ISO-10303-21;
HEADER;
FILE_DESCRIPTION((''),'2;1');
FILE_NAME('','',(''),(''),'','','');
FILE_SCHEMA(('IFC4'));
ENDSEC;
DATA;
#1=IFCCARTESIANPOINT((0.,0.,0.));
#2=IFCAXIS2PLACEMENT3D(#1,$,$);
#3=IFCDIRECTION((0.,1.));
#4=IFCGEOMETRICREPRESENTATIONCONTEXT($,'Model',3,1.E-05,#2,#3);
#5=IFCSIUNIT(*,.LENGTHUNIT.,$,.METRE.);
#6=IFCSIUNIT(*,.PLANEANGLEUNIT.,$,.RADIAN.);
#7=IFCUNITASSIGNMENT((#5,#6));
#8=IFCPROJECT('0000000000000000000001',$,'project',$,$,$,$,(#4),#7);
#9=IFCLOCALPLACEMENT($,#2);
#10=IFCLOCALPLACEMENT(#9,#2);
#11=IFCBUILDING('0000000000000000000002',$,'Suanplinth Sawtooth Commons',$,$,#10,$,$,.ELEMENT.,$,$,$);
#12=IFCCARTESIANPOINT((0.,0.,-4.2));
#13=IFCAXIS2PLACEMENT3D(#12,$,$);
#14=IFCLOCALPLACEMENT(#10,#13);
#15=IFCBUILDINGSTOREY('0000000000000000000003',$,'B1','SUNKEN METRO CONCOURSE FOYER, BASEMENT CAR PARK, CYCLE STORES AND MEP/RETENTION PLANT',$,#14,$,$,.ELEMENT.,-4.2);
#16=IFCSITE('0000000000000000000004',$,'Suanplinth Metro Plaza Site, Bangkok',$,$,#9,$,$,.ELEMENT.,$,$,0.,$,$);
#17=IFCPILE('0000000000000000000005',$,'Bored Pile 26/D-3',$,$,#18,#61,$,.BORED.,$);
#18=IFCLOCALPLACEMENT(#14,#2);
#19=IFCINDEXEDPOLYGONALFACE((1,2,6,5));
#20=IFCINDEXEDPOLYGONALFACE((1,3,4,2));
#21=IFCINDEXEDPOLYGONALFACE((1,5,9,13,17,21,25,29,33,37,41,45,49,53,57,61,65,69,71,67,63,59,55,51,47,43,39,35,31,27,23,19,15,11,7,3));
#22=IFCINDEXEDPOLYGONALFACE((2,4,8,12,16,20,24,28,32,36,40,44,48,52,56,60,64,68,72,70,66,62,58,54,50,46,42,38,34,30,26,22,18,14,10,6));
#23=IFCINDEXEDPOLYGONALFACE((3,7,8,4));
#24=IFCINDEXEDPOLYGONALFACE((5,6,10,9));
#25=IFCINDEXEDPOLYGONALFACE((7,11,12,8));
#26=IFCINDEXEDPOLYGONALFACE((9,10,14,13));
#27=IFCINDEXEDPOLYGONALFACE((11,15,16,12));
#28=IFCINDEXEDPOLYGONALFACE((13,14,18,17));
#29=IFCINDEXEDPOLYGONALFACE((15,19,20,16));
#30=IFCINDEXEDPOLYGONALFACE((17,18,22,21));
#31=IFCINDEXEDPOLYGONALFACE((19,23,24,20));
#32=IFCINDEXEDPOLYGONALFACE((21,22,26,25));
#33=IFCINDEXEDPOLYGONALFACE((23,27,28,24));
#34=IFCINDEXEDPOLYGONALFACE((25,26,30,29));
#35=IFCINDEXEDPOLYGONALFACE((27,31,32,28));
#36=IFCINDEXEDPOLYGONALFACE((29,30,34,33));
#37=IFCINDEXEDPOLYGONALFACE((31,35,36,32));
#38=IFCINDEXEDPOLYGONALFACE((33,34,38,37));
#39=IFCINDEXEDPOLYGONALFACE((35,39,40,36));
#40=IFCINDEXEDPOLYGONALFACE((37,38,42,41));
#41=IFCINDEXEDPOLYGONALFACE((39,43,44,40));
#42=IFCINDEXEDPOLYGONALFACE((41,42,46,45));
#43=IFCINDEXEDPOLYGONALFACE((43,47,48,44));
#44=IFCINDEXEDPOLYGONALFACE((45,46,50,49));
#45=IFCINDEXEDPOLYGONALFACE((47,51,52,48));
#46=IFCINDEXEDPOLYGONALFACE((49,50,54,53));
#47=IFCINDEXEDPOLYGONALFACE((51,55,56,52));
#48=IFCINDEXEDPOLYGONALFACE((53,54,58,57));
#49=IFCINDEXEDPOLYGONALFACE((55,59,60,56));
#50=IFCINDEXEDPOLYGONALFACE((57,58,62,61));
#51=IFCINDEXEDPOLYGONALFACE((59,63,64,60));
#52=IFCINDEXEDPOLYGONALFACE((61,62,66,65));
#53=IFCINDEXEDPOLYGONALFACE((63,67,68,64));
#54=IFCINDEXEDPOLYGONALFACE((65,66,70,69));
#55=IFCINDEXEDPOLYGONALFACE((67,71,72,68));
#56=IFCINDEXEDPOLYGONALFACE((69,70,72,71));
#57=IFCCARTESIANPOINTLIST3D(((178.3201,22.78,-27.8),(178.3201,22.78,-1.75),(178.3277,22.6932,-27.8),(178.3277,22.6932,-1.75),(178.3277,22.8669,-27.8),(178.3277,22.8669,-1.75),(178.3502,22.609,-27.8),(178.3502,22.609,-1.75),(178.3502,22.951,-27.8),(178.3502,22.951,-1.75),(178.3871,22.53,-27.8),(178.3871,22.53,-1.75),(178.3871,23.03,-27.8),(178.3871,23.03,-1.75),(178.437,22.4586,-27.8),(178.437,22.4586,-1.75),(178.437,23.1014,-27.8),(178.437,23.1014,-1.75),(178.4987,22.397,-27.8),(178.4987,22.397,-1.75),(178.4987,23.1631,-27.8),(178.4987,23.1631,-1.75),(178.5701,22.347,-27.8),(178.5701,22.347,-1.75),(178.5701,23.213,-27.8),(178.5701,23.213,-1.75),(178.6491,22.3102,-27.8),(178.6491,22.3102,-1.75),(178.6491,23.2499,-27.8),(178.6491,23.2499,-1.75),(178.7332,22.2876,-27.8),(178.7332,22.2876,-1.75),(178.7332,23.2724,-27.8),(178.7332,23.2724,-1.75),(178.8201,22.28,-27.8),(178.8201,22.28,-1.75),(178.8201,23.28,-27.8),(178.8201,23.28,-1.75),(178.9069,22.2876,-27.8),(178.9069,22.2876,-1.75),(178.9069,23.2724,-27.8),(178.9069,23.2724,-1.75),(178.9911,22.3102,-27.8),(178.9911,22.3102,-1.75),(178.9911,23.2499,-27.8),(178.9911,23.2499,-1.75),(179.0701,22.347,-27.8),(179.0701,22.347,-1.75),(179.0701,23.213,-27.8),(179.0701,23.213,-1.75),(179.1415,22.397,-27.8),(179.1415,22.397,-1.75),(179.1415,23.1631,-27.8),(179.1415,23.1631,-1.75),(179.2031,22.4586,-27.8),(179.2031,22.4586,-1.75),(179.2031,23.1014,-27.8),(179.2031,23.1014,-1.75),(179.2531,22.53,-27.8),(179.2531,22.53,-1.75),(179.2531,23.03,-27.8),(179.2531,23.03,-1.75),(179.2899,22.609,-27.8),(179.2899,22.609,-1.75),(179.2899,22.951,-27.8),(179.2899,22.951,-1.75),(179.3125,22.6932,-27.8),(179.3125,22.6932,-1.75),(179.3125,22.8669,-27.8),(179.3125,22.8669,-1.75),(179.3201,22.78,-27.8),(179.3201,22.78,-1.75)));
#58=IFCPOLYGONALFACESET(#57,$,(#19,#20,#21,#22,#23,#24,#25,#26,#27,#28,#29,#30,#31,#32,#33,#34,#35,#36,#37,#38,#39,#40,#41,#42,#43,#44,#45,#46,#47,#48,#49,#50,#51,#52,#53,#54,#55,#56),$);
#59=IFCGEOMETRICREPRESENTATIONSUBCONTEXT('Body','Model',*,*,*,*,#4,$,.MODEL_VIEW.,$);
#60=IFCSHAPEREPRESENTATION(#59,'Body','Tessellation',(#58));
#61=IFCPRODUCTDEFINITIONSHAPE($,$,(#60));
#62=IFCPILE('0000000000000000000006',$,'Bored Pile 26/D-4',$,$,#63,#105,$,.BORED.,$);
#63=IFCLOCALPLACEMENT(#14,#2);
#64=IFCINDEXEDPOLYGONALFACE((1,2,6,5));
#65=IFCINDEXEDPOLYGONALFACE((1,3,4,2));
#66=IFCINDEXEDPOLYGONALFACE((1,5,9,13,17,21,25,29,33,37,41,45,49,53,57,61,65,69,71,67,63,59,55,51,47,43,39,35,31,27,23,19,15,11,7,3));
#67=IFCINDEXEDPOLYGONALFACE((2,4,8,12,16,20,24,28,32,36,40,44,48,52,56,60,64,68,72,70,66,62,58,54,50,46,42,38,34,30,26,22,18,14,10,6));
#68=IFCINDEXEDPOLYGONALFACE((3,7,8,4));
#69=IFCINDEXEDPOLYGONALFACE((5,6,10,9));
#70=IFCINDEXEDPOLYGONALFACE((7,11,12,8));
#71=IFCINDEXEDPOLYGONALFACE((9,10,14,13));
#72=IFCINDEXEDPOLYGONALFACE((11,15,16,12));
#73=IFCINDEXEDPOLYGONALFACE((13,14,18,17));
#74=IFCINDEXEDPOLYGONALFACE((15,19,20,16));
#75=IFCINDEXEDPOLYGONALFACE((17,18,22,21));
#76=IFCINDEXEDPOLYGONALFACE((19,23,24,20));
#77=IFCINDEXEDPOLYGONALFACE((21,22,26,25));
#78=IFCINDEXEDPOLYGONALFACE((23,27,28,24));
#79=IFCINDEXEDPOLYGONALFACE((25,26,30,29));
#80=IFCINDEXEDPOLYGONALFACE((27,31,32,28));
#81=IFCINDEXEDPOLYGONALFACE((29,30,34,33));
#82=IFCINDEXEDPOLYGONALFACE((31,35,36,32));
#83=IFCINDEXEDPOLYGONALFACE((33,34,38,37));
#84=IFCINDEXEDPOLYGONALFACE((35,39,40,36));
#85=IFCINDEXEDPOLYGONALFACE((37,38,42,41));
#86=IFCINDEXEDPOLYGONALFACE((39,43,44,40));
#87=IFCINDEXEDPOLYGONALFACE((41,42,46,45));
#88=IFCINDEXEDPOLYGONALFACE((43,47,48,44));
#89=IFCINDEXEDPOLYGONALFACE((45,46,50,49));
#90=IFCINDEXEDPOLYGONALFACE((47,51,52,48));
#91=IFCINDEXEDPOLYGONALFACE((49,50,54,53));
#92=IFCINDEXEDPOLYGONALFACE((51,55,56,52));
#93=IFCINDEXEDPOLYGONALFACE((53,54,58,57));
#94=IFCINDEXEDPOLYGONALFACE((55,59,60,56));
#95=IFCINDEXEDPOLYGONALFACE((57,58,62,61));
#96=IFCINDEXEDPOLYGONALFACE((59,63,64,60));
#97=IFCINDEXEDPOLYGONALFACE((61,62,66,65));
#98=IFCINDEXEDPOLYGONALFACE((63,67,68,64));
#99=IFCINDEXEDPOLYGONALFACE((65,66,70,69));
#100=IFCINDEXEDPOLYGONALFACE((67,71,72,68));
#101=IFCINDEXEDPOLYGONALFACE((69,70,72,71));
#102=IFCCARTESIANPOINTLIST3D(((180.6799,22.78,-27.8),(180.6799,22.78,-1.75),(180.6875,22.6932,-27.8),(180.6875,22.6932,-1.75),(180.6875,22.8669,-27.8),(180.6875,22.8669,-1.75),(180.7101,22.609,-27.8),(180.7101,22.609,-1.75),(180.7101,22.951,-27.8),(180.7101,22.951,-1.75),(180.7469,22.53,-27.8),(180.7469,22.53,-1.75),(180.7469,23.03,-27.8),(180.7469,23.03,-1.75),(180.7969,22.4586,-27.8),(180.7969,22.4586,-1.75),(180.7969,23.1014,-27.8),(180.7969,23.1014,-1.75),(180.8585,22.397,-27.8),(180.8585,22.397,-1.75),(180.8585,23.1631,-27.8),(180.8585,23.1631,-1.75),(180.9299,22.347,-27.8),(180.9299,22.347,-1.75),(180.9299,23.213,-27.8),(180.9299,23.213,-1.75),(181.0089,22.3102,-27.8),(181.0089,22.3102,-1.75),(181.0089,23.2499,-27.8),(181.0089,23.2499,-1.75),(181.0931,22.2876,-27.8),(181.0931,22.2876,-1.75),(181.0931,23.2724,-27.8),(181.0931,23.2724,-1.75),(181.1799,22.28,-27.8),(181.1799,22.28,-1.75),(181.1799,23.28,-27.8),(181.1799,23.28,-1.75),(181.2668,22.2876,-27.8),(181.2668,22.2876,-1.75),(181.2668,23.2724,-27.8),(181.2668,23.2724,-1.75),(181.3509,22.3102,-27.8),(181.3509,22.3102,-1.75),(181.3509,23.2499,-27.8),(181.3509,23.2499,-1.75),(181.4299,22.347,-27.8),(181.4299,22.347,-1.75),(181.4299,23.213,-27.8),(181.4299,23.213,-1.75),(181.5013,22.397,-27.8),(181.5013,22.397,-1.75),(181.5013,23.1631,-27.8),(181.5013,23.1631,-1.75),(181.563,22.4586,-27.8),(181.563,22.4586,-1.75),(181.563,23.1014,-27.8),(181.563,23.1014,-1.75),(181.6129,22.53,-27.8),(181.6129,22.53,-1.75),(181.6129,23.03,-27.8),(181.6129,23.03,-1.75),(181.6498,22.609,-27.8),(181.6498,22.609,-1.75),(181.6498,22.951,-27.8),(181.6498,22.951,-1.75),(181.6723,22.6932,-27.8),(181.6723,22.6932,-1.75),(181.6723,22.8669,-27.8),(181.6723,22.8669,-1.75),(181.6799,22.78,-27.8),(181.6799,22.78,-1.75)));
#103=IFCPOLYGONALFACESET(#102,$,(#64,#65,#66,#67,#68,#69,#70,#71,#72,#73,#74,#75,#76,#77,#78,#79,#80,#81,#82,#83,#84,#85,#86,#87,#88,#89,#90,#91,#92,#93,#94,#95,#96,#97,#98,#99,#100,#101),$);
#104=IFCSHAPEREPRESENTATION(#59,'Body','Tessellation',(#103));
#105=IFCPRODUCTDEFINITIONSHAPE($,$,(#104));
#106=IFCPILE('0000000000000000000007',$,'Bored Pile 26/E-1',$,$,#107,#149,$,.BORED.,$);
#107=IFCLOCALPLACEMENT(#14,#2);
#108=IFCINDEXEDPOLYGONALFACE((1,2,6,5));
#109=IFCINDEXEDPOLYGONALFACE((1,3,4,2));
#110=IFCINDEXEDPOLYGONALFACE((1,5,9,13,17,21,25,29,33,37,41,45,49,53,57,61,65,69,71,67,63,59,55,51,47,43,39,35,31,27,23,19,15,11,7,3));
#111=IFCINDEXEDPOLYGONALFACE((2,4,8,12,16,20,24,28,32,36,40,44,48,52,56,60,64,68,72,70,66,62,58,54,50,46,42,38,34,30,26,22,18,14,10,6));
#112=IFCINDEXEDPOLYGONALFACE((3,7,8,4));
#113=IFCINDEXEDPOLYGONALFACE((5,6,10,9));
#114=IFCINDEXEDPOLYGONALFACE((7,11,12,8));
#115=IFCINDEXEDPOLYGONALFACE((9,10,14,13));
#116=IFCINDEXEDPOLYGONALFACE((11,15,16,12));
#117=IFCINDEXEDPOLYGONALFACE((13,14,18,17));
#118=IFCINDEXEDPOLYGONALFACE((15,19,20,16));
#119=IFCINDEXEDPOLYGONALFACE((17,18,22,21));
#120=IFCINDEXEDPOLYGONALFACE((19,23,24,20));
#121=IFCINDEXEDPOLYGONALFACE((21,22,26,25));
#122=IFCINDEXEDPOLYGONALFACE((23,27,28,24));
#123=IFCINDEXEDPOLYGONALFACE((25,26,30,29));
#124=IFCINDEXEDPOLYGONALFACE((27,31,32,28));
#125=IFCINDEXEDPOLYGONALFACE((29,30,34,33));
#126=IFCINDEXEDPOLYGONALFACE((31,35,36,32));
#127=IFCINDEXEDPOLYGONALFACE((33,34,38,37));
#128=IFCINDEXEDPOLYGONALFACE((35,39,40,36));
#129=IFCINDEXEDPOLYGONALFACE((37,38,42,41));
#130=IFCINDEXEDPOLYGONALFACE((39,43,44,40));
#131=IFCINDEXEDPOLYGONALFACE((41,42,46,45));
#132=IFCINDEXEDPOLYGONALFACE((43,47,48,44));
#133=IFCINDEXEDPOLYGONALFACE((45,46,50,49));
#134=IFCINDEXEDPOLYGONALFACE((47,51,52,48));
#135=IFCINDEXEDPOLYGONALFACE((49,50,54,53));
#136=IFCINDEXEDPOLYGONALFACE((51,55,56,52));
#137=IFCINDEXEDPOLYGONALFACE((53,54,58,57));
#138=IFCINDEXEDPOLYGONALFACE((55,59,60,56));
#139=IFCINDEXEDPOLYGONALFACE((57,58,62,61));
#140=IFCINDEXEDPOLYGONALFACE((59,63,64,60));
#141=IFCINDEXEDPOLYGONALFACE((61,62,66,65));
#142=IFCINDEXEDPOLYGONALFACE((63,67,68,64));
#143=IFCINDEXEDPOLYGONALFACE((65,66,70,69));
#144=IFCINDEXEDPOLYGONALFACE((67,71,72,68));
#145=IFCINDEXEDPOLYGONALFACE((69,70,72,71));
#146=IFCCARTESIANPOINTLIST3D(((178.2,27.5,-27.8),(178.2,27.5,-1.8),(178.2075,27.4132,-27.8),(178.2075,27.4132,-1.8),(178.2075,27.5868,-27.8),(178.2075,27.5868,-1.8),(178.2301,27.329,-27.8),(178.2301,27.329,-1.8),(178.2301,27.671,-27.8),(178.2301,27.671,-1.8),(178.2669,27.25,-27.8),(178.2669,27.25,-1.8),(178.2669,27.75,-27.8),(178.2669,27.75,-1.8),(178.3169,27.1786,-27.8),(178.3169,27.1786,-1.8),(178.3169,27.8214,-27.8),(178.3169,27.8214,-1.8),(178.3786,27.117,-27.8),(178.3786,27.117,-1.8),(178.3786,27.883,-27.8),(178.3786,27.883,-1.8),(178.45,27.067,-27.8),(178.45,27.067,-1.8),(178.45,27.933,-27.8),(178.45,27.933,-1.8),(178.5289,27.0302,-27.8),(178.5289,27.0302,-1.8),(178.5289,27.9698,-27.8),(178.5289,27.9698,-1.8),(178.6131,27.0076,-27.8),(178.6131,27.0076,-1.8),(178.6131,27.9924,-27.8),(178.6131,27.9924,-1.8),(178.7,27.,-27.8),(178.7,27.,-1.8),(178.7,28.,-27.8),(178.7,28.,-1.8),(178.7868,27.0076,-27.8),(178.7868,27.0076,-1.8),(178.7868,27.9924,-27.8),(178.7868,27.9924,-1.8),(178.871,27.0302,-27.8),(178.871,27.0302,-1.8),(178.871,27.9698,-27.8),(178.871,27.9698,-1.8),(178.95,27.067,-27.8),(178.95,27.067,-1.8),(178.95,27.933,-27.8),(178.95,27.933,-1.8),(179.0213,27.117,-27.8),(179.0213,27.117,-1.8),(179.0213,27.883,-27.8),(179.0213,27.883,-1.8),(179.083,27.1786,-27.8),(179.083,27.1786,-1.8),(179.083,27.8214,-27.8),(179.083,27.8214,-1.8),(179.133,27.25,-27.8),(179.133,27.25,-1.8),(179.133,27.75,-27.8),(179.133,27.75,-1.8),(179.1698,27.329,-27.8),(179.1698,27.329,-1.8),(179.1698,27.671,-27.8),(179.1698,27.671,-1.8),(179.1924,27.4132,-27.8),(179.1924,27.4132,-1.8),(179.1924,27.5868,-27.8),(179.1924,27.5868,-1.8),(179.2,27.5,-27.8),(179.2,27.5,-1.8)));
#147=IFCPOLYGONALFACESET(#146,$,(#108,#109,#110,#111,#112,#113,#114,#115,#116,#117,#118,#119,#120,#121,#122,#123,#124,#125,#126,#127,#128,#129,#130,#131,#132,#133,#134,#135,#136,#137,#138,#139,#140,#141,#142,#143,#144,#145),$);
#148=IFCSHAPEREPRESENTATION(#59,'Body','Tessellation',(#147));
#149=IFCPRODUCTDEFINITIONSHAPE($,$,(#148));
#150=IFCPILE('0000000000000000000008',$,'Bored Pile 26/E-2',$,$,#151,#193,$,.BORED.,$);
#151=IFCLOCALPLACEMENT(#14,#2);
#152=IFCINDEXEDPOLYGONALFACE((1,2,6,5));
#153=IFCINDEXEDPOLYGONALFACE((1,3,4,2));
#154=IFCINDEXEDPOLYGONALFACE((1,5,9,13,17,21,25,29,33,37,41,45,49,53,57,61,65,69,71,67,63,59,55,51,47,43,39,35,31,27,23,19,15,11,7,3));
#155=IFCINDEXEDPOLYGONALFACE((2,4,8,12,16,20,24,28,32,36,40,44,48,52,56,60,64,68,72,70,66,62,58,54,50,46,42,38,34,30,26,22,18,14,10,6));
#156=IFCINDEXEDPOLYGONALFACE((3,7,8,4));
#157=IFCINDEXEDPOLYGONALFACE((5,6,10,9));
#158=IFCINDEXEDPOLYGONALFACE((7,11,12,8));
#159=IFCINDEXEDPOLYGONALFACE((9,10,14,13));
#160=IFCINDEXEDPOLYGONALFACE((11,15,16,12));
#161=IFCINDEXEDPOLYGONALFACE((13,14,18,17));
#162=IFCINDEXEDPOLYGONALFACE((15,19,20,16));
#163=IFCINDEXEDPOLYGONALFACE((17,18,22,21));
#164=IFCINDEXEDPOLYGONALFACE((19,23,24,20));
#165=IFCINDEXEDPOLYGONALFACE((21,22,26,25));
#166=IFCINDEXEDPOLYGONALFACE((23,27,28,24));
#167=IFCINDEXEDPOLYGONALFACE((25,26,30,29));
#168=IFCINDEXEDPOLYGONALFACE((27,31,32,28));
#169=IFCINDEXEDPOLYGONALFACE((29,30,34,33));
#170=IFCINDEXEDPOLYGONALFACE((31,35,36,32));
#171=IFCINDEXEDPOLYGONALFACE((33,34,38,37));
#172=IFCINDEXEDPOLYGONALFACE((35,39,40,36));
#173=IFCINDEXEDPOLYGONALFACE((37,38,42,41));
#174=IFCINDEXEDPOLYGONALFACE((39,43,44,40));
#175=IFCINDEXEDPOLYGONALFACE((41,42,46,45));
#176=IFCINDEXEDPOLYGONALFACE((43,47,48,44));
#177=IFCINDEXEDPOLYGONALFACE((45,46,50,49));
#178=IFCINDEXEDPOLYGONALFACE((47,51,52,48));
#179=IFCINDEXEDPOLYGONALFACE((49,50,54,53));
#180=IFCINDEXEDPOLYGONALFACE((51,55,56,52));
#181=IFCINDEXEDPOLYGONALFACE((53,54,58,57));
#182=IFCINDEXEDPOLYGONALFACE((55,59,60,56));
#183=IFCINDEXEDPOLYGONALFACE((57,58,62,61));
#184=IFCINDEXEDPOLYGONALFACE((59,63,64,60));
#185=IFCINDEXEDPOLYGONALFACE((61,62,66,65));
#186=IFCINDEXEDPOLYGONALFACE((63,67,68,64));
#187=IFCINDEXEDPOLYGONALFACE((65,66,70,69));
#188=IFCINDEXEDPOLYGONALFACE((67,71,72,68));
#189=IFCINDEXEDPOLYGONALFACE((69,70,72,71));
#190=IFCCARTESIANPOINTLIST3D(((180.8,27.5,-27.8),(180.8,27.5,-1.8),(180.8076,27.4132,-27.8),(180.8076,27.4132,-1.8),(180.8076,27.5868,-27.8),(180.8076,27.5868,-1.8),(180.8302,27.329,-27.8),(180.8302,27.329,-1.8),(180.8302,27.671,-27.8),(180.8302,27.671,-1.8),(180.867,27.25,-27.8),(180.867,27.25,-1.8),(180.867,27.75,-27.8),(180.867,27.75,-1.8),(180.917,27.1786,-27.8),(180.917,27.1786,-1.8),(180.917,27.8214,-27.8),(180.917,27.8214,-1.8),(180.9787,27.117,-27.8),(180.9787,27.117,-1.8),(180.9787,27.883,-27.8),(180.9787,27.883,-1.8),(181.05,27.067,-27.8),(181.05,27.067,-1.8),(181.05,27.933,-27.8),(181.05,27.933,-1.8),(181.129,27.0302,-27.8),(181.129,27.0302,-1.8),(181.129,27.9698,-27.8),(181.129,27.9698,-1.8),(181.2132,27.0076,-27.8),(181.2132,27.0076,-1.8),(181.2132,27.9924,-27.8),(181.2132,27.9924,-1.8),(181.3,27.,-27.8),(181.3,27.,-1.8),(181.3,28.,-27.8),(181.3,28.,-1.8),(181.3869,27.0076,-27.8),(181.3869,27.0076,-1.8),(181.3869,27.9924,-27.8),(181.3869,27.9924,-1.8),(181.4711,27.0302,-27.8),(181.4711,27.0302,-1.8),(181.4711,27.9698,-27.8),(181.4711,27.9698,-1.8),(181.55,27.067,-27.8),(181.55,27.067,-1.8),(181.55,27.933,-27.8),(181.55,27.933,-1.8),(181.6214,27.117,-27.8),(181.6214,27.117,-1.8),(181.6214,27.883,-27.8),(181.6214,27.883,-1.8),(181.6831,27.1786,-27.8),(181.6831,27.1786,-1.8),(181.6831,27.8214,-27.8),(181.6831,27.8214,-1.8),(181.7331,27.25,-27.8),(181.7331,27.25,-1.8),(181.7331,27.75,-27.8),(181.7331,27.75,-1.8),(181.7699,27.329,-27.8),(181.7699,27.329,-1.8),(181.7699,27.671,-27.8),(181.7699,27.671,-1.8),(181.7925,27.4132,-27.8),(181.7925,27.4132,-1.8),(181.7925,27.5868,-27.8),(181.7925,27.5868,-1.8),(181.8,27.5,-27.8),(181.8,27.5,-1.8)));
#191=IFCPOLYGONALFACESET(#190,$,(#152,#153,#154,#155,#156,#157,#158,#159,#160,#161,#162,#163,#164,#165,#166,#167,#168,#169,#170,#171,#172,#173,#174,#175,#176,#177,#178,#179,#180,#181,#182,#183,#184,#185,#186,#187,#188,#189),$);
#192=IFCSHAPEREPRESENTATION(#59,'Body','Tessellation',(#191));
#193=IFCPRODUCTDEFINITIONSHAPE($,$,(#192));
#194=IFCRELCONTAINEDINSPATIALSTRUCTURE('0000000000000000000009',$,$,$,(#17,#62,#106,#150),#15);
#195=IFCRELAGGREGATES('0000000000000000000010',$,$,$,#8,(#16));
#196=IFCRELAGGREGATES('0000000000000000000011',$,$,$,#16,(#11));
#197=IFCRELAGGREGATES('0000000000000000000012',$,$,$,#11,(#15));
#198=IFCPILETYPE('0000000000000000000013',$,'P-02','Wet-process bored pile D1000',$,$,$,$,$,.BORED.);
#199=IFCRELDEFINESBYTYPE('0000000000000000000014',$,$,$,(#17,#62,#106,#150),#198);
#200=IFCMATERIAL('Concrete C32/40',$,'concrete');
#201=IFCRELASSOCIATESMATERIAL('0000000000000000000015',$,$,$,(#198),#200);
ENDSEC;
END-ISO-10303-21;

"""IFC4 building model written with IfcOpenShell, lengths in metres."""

from ifc_helpers import new_model, si_unit, direction, frame, origin, origin_2d, place, context, subcontext, project, spatial, circle, extrude, material, material_profile, profile_set, type_object, element, save


model = new_model("IFC4")

# Units and contexts
model_context = context("Model", 3, precision=1e-05, world=origin(), true_north=direction((0.0, 1.0)))
body_context = subcontext(model_context, "Body", "Model", "MODEL_VIEW")
ifc_project = project(units=[si_unit("LENGTHUNIT", "METRE"), si_unit("PLANEANGLEUNIT", "RADIAN")], contexts=[model_context])

# Site, building, storey
site_placement = place(None, origin())
site = spatial("IfcSite", under=ifc_project, at=site_placement, Name="Suanplinth Metro Plaza Site, Bangkok", CompositionType="ELEMENT", RefElevation=0.0)
building_placement = place(site_placement, origin())
building = spatial("IfcBuilding", under=site, at=building_placement, Name="Suanplinth Sawtooth Commons", CompositionType="ELEMENT")
storey_placement = place(building_placement, frame((0.0, 0.0, -4.2)))
storey = spatial("IfcBuildingStorey", under=building, at=storey_placement, Name="B1", Description="SUNKEN METRO CONCOURSE FOYER, BASEMENT CAR PARK, CYCLE STORES AND MEP/RETENTION PLANT", CompositionType="ELEMENT", Elevation=-4.2)

# Piles
ifc_material_1 = material(Name="Concrete C32/40", Category="concrete")
ifc_material_profile_1 = material_profile(ifc_material_1, circle(Radius=0.5, at=origin_2d()), Name="PILE D1000")
ifc_profile_set_1 = profile_set([ifc_material_profile_1], Name="Concrete C32/40")
pile_type = type_object("IfcPileType", Name="P-02", Description="Wet-process bored pile D1000", PredefinedType="BORED", material=ifc_profile_set_1)
for number, where, z_axis, x_axis, name in (
    (1, (178.8201, 22.78, -1.75), (0.0, 0.0, -1.0), (1.0, 0.0, 0.0), "Bored Pile 26/D-3"),
    (2, (181.1799, 22.78, -1.75), (0.0, 0.0, -1.0), (1.0, 0.0, 0.0), "Bored Pile 26/D-4"),
):
    element("IfcPile", number, at=place(storey_placement, frame(where, z_axis=z_axis, x_axis=x_axis)), inside=storey, type_object=pile_type, Name=name, PredefinedType="BORED", context=body_context, shape_type="SweptSolid", body=[
        extrude(circle(Radius=0.5, at=origin_2d()), origin(), (0.0, 0.0, 1.0), 26.05),
    ])
for number, where, z_axis, x_axis, name in (
    (3, (178.7, 27.5, -1.8), (0.0, 0.0, -1.0), (1.0, 0.0, 0.0), "Bored Pile 26/E-1"),
    (4, (181.3, 27.5, -1.8), (0.0, 0.0, -1.0), (1.0, 0.0, 0.0), "Bored Pile 26/E-2"),
):
    element("IfcPile", number, at=place(storey_placement, frame(where, z_axis=z_axis, x_axis=x_axis)), inside=storey, type_object=pile_type, Name=name, PredefinedType="BORED", context=body_context, shape_type="SweptSolid", body=[
        extrude(circle(Radius=0.5, at=origin_2d()), origin(), (0.0, 0.0, 1.0), 26.0),
    ])

save(model, "model.ifc")
